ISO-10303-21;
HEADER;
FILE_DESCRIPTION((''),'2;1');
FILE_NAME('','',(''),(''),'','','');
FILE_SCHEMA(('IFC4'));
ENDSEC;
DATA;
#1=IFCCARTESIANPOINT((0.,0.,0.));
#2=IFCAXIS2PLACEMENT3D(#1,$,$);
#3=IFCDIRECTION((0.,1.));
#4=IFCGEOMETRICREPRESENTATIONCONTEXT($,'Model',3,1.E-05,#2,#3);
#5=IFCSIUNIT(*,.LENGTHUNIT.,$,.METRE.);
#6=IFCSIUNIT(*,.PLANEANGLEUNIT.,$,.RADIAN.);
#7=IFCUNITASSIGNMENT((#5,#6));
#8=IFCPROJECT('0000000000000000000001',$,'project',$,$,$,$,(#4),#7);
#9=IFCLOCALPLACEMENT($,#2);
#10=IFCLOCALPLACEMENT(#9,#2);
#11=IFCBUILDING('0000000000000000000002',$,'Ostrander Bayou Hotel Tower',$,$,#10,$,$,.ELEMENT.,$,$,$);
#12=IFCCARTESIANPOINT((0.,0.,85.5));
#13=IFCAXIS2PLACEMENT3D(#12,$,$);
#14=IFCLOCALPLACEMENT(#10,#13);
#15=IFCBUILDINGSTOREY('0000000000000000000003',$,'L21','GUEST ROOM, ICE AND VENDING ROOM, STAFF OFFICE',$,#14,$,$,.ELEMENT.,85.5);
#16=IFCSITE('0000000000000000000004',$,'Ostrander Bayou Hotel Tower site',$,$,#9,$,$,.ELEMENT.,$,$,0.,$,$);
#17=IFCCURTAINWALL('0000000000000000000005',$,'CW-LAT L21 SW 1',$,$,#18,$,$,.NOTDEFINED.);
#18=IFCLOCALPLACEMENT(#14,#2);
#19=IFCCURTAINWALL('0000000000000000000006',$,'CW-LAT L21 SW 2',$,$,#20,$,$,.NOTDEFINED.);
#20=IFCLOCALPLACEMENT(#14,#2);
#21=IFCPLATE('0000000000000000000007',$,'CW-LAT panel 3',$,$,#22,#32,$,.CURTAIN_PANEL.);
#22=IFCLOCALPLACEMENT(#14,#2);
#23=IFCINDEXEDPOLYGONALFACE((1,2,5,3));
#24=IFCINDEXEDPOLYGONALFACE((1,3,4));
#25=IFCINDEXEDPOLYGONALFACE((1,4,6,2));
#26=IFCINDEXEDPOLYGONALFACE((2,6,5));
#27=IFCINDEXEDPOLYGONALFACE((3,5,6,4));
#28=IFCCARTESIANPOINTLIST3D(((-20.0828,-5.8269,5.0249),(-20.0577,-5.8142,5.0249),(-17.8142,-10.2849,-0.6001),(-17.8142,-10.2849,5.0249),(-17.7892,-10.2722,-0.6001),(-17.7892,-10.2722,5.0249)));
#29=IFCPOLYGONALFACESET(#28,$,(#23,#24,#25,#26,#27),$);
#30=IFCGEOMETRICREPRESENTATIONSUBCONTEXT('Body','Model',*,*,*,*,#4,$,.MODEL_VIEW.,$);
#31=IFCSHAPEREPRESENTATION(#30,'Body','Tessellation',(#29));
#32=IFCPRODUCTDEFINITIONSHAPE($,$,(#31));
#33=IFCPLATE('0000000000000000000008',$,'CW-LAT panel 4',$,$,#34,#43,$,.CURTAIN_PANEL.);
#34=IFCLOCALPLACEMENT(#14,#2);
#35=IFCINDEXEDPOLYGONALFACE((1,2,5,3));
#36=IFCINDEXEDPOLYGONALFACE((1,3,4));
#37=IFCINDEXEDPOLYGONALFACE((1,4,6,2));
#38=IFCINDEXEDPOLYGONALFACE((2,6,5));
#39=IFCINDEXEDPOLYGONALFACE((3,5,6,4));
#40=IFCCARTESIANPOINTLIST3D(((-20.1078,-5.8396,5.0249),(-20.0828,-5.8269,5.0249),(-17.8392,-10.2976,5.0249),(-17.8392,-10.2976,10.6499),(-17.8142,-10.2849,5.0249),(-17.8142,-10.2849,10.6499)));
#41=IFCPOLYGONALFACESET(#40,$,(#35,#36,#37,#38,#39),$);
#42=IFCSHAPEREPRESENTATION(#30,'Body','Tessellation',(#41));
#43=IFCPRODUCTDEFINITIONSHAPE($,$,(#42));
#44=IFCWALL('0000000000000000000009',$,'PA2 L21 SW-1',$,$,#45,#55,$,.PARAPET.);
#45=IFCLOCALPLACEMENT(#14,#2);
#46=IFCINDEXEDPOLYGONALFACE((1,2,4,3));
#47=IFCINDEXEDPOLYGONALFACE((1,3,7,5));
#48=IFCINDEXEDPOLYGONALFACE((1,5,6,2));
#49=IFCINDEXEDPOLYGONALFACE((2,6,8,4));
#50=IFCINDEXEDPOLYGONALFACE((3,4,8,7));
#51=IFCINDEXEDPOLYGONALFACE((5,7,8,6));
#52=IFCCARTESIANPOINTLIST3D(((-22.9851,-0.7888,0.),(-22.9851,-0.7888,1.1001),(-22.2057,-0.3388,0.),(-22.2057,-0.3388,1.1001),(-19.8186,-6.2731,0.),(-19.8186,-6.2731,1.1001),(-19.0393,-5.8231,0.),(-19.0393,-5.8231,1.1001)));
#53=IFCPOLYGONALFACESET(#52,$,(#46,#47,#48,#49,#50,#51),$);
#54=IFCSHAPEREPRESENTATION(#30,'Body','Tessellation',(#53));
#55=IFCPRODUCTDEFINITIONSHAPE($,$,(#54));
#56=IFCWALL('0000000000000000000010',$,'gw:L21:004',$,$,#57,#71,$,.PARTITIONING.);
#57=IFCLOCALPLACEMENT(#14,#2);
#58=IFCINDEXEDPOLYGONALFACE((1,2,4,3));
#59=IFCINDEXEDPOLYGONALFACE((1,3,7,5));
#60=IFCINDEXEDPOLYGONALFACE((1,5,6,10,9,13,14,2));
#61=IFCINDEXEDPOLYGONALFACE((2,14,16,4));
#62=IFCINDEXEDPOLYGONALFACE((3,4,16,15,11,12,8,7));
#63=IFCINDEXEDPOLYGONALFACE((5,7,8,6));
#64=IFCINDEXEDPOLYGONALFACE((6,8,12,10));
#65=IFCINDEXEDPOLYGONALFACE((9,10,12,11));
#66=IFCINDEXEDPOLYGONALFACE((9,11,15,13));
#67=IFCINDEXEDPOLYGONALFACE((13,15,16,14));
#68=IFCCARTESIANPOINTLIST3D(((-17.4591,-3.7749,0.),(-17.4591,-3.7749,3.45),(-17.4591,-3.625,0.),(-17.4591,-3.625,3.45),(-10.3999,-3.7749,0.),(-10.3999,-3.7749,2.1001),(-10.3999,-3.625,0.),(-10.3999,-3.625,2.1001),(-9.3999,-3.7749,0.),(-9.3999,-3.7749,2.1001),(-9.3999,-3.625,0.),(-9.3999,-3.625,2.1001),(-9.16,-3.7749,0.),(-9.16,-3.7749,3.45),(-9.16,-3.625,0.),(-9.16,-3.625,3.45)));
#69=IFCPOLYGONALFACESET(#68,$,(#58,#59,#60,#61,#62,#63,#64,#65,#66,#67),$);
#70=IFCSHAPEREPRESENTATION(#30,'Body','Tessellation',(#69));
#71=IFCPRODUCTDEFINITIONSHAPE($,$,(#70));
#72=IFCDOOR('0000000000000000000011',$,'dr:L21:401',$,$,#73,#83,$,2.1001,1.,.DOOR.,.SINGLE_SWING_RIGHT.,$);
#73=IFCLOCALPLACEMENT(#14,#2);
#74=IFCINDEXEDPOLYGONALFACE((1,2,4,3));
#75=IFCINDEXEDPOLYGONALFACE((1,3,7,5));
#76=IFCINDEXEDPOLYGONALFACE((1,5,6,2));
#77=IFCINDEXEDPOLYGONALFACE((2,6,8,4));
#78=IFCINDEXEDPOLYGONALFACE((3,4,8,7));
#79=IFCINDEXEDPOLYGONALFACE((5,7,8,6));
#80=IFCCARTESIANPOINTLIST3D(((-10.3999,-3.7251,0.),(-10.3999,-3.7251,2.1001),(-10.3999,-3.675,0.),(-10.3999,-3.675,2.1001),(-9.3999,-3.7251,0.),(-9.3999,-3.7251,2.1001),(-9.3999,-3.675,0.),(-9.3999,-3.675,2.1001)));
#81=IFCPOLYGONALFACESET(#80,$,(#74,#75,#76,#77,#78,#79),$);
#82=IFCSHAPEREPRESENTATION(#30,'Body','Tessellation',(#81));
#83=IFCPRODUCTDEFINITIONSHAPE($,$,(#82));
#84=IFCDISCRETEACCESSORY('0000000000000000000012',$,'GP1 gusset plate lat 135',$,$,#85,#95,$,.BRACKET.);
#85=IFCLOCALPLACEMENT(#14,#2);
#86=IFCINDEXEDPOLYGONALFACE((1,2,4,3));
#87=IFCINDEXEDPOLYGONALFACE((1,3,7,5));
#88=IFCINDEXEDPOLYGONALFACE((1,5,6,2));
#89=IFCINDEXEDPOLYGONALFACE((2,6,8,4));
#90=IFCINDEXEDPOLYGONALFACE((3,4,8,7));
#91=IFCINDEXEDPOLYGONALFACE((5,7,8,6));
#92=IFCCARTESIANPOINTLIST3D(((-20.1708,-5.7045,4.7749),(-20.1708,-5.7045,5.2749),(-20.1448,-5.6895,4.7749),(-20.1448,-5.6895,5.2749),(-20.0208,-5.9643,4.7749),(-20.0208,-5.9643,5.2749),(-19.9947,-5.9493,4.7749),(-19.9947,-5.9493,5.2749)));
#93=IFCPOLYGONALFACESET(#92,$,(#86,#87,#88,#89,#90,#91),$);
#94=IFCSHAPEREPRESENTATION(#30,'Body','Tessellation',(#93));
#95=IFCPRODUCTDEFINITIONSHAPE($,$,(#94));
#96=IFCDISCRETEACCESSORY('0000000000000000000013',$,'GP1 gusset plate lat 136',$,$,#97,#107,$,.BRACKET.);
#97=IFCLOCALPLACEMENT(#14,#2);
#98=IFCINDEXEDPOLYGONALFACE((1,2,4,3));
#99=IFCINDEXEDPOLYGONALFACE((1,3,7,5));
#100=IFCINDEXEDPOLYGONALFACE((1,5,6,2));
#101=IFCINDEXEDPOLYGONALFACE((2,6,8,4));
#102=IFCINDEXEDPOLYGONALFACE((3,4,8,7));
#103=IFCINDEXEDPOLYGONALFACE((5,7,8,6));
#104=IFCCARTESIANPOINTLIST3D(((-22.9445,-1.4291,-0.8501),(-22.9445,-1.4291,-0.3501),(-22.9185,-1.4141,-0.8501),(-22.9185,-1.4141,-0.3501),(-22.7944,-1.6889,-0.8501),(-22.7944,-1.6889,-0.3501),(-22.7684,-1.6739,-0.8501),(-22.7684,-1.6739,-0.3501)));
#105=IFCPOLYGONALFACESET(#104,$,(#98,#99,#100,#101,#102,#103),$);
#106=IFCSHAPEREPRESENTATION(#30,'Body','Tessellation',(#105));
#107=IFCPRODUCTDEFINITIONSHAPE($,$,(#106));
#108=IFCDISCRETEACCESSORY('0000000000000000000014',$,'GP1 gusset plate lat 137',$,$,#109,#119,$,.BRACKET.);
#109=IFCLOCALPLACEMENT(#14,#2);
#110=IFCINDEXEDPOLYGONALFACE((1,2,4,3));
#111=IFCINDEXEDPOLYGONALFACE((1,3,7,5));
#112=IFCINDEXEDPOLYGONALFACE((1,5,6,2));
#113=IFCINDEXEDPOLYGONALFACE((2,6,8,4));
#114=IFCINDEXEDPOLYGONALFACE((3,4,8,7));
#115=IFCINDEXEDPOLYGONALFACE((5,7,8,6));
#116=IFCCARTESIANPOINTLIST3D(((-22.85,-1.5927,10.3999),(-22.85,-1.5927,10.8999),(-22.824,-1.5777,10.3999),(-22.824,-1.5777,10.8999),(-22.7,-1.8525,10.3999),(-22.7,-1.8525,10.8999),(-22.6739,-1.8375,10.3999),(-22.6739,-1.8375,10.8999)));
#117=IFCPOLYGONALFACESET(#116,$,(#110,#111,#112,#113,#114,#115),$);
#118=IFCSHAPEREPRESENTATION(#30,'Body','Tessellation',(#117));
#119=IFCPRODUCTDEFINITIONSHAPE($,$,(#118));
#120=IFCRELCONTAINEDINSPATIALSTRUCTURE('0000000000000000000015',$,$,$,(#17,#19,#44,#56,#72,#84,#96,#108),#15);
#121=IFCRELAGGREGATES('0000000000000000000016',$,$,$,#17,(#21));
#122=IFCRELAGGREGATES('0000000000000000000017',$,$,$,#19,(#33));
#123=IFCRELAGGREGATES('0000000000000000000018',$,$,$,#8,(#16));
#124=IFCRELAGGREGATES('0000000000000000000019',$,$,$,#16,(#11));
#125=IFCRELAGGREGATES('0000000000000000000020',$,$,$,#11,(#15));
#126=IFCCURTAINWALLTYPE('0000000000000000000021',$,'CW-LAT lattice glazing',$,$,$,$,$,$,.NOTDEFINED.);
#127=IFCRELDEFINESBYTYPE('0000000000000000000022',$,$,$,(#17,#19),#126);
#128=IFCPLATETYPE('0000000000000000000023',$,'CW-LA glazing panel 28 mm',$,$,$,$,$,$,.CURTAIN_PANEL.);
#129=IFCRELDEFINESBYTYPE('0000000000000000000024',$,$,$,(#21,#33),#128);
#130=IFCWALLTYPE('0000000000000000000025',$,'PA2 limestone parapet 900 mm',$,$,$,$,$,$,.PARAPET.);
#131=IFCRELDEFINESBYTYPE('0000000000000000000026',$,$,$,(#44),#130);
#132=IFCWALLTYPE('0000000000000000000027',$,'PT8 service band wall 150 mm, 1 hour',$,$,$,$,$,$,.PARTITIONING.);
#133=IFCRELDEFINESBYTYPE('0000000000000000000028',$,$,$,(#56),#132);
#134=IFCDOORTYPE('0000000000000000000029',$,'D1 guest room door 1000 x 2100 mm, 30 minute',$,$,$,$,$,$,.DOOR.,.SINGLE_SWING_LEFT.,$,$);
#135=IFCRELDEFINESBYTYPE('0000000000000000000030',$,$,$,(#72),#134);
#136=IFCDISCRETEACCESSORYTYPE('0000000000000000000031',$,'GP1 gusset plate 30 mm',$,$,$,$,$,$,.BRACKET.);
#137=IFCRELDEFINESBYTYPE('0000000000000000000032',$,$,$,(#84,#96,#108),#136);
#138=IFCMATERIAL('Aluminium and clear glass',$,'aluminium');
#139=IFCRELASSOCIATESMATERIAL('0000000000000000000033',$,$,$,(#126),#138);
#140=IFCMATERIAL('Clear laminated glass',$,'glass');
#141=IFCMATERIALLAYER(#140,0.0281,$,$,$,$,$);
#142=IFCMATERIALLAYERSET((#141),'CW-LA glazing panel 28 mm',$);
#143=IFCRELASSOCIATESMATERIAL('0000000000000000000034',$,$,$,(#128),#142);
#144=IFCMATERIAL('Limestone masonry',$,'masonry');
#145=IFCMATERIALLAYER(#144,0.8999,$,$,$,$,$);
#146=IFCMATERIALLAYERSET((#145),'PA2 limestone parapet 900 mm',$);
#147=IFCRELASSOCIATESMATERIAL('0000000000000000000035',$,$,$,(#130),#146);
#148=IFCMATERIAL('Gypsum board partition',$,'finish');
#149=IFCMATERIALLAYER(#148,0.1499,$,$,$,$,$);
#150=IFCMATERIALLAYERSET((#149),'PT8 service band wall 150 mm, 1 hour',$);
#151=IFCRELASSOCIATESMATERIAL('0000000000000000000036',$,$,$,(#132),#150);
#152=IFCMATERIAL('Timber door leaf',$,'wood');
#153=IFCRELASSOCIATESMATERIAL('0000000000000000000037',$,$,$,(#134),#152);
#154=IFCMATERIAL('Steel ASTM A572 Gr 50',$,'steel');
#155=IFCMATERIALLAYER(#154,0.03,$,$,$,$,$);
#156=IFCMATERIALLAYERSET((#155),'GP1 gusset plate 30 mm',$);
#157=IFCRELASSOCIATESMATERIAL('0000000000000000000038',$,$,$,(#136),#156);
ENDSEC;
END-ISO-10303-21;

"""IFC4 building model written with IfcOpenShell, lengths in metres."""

from ifc_helpers import new_model, si_unit, direction, frame, frame_2d, origin, origin_2d, place, context, subcontext, project, spatial, polyline, rectangle, outline, extrude, material, layer, layer_set, type_object, element, fill, aggregate, save


model = new_model("IFC4")

# Units and contexts
model_context = context("Model", 3, precision=1e-05, world=origin(), true_north=direction((0.0, 1.0)))
body_context = subcontext(model_context, "Body", "Model", "MODEL_VIEW")
ifc_project = project(units=[si_unit("LENGTHUNIT", "METRE"), si_unit("PLANEANGLEUNIT", "RADIAN")], contexts=[model_context])

# Site, building, storey
site_placement = place(None, origin())
site = spatial("IfcSite", under=ifc_project, at=site_placement, Name="Ostrander Bayou Hotel Tower site", CompositionType="ELEMENT", RefElevation=0.0)
building_placement = place(site_placement, origin())
building = spatial("IfcBuilding", under=site, at=building_placement, Name="Ostrander Bayou Hotel Tower", CompositionType="ELEMENT")
storey_placement = place(building_placement, frame((0.0, 0.0, 85.5)))
storey = spatial("IfcBuildingStorey", under=building, at=storey_placement, Name="L21", Description="GUEST ROOM, ICE AND VENDING ROOM, STAFF OFFICE", CompositionType="ELEMENT", Elevation=85.5)

# Curtain wall
ifc_material_1 = material(Name="Aluminium and clear glass", Category="aluminium")
curtain_wall_type = type_object("IfcCurtainWallType", Name="CW-LAT lattice glazing", PredefinedType="NOTDEFINED", material=ifc_material_1)
curtain_wall_1_placement = place(storey_placement, origin())
curtain_wall_1 = element("IfcCurtainWall", 1, at=curtain_wall_1_placement, inside=storey, type_object=curtain_wall_type, Name="CW-LAT L21 SW 1", PredefinedType="NOTDEFINED")

# Curtain wall
curtain_wall_2_placement = place(storey_placement, origin())
curtain_wall_2 = element("IfcCurtainWall", 2, at=curtain_wall_2_placement, inside=storey, type_object=curtain_wall_type, Name="CW-LAT L21 SW 2", PredefinedType="NOTDEFINED")

# Shared definitions
ifc_material_2 = material(Name="Clear laminated glass", Category="glass")
ifc_layer_1 = layer(ifc_material_2, 0.0281)
ifc_layer_set_1 = layer_set([ifc_layer_1], Name="CW-LA glazing panel 28 mm")
plate_type = type_object("IfcPlateType", Name="CW-LA glazing panel 28 mm", PredefinedType="CURTAIN_PANEL", material=ifc_layer_set_1)

# Plates
plate_1_placement = place(storey_placement, frame((-20.0828, -5.8269, 5.0249), z_axis=(-0.891242, -0.453528, 0.0), x_axis=(0.301375, -0.592242, -0.747276)))
plate_1 = element("IfcPlate", 3, at=plate_1_placement, type_object=plate_type, Name="CW-LAT panel 3", PredefinedType="CURTAIN_PANEL", context=body_context, shape_type="SweptSolid", body=[
    extrude(outline(polyline([(0.0, 0.0), (7.5273, 0.0), (3.3239, 3.7379), (0.0, 0.0)])), origin(), (0.0, 0.0, -1.0), 0.0281),
])
aggregate(curtain_wall_1, [plate_1])
plate_2_placement = place(storey_placement, frame((-20.0828, -5.8269, 5.0249), z_axis=(0.891242, 0.453528, 0.0), x_axis=(0.301375, -0.592242, 0.747276)))
plate_2 = element("IfcPlate", 4, at=plate_2_placement, type_object=plate_type, Name="CW-LAT panel 4", PredefinedType="CURTAIN_PANEL", context=body_context, shape_type="SweptSolid", body=[
    extrude(outline(polyline([(0.0, 0.0), (7.5273, 0.0), (3.3239, 3.7379), (0.0, 0.0)])), origin(), (0.0, 0.0, -1.0), 0.0281),
])
aggregate(curtain_wall_2, [plate_2])

# Wall
ifc_material_3 = material(Name="Limestone masonry", Category="masonry")
ifc_layer_2 = layer(ifc_material_3, 0.8999)
ifc_layer_set_2 = layer_set([ifc_layer_2], Name="PA2 limestone parapet 900 mm")
wall_type_1 = type_object("IfcWallType", Name="PA2 limestone parapet 900 mm", PredefinedType="PARAPET", material=ifc_layer_set_2)
wall_1_placement = place(storey_placement, frame((-22.5955, -0.5637, 0.0), z_axis=(0.0, 0.0, 1.0), x_axis=(0.500012, -0.866019, 0.0)))
element("IfcWall", 5, at=wall_1_placement, inside=storey, type_object=wall_type_1, Name="PA2 L21 SW-1", PredefinedType="PARAPET", context=body_context, shape_type="SweptSolid", body=[
    extrude(rectangle(XDim=6.3328, YDim=0.8999, at=frame_2d((3.1665, 0.0))), origin(), (0.0, 0.0, 1.0), 1.1001),
])

# Wall, opening, door
ifc_material_4 = material(Name="Gypsum board partition", Category="finish")
ifc_layer_3 = layer(ifc_material_4, 0.1499)
ifc_layer_set_3 = layer_set([ifc_layer_3], Name="PT8 service band wall 150 mm, 1 hour")
wall_type_2 = type_object("IfcWallType", Name="PT8 service band wall 150 mm, 1 hour", PredefinedType="PARTITIONING", material=ifc_layer_set_3)
wall_2_placement = place(storey_placement, frame((-17.459, -3.7, 0.0), z_axis=(0.0, 0.0, 1.0), x_axis=(1.0, 0.0, 0.0)))
wall_2 = element("IfcWall", 6, at=wall_2_placement, inside=storey, type_object=wall_type_2, Name="gw:L21:004", PredefinedType="PARTITIONING", context=body_context, shape_type="SweptSolid", body=[
    extrude(rectangle(XDim=8.2991, YDim=0.1499, at=frame_2d((4.1494, 0.0))), origin(), (0.0, 0.0, 1.0), 3.45),
])
opening_1_placement = place(wall_2_placement, frame((7.0591, 0.0, 0.0)))
opening_1 = element("IfcOpeningElement", 7, at=opening_1_placement, cuts=wall_2, PredefinedType="OPENING", context=body_context, shape_type="SweptSolid", body=[
    extrude(rectangle(XDim=1.0, YDim=2.1001, at=frame_2d((0.5, 1.05))), frame((0.0, 0.075, 0.0), z_axis=(0.0, -1.0, 0.0), x_axis=(1.0, 0.0, 0.0)), (0.0, 0.0, 1.0), 0.1499),
])
ifc_material_5 = material(Name="Timber door leaf", Category="wood")
door_type_1 = type_object("IfcDoorType", Name="D1 guest room door 1000 x 2100 mm, 30 minute", OperationType="SINGLE_SWING_LEFT", PredefinedType="DOOR", material=ifc_material_5)
door_1_placement = place(opening_1_placement, origin())
door_1 = element("IfcDoor", 8, at=door_1_placement, inside=storey, type_object=door_type_1, Name="dr:L21:401", OperationType="SINGLE_SWING_RIGHT", OverallHeight=2.1001, OverallWidth=1.0, PredefinedType="DOOR", context=body_context, shape_type="SweptSolid", body=[
    extrude(rectangle(XDim=1.0, YDim=2.1001, at=frame_2d((0.5, 1.05))), frame((0.0, 0.0249, 0.0), z_axis=(0.0, -1.0, 0.0), x_axis=(1.0, 0.0, 0.0)), (0.0, 0.0, 1.0), 0.05),
])
fill(opening_1, door_1)

# Discrete accessories
ifc_material_6 = material(Name="Steel ASTM A572 Gr 50", Category="steel")
ifc_layer_4 = layer(ifc_material_6, 0.03)
ifc_layer_set_4 = layer_set([ifc_layer_4], Name="GP1 gusset plate 30 mm")
discrete_accessory_type = type_object("IfcDiscreteAccessoryType", Name="GP1 gusset plate 30 mm", PredefinedType="BRACKET", material=ifc_layer_set_4)
for number, where, z_axis, x_axis, name in (
    (9, (-20.0828, -5.8269, 4.7749), (0.0, 0.0, 1.0), (0.5, -0.866025, 0.0), "GP1 gusset plate lat 135"),
    (10, (-22.8564, -1.5515, -0.8501), (0.0, 0.0, 1.0), (0.5, -0.866025, 0.0), "GP1 gusset plate lat 136"),
    (11, (-22.762, -1.7151, 10.3999), (0.0, 0.0, 1.0), (0.5, -0.866025, 0.0), "GP1 gusset plate lat 137"),
):
    element("IfcDiscreteAccessory", number, at=place(storey_placement, frame(where, z_axis=z_axis, x_axis=x_axis)), inside=storey, type_object=discrete_accessory_type, Name=name, PredefinedType="BRACKET", context=body_context, shape_type="SweptSolid", body=[
        extrude(rectangle(XDim=0.3, YDim=0.03, at=origin_2d()), origin(), (0.0, 0.0, 1.0), 0.5),
    ])

save(model, "model.ifc")
